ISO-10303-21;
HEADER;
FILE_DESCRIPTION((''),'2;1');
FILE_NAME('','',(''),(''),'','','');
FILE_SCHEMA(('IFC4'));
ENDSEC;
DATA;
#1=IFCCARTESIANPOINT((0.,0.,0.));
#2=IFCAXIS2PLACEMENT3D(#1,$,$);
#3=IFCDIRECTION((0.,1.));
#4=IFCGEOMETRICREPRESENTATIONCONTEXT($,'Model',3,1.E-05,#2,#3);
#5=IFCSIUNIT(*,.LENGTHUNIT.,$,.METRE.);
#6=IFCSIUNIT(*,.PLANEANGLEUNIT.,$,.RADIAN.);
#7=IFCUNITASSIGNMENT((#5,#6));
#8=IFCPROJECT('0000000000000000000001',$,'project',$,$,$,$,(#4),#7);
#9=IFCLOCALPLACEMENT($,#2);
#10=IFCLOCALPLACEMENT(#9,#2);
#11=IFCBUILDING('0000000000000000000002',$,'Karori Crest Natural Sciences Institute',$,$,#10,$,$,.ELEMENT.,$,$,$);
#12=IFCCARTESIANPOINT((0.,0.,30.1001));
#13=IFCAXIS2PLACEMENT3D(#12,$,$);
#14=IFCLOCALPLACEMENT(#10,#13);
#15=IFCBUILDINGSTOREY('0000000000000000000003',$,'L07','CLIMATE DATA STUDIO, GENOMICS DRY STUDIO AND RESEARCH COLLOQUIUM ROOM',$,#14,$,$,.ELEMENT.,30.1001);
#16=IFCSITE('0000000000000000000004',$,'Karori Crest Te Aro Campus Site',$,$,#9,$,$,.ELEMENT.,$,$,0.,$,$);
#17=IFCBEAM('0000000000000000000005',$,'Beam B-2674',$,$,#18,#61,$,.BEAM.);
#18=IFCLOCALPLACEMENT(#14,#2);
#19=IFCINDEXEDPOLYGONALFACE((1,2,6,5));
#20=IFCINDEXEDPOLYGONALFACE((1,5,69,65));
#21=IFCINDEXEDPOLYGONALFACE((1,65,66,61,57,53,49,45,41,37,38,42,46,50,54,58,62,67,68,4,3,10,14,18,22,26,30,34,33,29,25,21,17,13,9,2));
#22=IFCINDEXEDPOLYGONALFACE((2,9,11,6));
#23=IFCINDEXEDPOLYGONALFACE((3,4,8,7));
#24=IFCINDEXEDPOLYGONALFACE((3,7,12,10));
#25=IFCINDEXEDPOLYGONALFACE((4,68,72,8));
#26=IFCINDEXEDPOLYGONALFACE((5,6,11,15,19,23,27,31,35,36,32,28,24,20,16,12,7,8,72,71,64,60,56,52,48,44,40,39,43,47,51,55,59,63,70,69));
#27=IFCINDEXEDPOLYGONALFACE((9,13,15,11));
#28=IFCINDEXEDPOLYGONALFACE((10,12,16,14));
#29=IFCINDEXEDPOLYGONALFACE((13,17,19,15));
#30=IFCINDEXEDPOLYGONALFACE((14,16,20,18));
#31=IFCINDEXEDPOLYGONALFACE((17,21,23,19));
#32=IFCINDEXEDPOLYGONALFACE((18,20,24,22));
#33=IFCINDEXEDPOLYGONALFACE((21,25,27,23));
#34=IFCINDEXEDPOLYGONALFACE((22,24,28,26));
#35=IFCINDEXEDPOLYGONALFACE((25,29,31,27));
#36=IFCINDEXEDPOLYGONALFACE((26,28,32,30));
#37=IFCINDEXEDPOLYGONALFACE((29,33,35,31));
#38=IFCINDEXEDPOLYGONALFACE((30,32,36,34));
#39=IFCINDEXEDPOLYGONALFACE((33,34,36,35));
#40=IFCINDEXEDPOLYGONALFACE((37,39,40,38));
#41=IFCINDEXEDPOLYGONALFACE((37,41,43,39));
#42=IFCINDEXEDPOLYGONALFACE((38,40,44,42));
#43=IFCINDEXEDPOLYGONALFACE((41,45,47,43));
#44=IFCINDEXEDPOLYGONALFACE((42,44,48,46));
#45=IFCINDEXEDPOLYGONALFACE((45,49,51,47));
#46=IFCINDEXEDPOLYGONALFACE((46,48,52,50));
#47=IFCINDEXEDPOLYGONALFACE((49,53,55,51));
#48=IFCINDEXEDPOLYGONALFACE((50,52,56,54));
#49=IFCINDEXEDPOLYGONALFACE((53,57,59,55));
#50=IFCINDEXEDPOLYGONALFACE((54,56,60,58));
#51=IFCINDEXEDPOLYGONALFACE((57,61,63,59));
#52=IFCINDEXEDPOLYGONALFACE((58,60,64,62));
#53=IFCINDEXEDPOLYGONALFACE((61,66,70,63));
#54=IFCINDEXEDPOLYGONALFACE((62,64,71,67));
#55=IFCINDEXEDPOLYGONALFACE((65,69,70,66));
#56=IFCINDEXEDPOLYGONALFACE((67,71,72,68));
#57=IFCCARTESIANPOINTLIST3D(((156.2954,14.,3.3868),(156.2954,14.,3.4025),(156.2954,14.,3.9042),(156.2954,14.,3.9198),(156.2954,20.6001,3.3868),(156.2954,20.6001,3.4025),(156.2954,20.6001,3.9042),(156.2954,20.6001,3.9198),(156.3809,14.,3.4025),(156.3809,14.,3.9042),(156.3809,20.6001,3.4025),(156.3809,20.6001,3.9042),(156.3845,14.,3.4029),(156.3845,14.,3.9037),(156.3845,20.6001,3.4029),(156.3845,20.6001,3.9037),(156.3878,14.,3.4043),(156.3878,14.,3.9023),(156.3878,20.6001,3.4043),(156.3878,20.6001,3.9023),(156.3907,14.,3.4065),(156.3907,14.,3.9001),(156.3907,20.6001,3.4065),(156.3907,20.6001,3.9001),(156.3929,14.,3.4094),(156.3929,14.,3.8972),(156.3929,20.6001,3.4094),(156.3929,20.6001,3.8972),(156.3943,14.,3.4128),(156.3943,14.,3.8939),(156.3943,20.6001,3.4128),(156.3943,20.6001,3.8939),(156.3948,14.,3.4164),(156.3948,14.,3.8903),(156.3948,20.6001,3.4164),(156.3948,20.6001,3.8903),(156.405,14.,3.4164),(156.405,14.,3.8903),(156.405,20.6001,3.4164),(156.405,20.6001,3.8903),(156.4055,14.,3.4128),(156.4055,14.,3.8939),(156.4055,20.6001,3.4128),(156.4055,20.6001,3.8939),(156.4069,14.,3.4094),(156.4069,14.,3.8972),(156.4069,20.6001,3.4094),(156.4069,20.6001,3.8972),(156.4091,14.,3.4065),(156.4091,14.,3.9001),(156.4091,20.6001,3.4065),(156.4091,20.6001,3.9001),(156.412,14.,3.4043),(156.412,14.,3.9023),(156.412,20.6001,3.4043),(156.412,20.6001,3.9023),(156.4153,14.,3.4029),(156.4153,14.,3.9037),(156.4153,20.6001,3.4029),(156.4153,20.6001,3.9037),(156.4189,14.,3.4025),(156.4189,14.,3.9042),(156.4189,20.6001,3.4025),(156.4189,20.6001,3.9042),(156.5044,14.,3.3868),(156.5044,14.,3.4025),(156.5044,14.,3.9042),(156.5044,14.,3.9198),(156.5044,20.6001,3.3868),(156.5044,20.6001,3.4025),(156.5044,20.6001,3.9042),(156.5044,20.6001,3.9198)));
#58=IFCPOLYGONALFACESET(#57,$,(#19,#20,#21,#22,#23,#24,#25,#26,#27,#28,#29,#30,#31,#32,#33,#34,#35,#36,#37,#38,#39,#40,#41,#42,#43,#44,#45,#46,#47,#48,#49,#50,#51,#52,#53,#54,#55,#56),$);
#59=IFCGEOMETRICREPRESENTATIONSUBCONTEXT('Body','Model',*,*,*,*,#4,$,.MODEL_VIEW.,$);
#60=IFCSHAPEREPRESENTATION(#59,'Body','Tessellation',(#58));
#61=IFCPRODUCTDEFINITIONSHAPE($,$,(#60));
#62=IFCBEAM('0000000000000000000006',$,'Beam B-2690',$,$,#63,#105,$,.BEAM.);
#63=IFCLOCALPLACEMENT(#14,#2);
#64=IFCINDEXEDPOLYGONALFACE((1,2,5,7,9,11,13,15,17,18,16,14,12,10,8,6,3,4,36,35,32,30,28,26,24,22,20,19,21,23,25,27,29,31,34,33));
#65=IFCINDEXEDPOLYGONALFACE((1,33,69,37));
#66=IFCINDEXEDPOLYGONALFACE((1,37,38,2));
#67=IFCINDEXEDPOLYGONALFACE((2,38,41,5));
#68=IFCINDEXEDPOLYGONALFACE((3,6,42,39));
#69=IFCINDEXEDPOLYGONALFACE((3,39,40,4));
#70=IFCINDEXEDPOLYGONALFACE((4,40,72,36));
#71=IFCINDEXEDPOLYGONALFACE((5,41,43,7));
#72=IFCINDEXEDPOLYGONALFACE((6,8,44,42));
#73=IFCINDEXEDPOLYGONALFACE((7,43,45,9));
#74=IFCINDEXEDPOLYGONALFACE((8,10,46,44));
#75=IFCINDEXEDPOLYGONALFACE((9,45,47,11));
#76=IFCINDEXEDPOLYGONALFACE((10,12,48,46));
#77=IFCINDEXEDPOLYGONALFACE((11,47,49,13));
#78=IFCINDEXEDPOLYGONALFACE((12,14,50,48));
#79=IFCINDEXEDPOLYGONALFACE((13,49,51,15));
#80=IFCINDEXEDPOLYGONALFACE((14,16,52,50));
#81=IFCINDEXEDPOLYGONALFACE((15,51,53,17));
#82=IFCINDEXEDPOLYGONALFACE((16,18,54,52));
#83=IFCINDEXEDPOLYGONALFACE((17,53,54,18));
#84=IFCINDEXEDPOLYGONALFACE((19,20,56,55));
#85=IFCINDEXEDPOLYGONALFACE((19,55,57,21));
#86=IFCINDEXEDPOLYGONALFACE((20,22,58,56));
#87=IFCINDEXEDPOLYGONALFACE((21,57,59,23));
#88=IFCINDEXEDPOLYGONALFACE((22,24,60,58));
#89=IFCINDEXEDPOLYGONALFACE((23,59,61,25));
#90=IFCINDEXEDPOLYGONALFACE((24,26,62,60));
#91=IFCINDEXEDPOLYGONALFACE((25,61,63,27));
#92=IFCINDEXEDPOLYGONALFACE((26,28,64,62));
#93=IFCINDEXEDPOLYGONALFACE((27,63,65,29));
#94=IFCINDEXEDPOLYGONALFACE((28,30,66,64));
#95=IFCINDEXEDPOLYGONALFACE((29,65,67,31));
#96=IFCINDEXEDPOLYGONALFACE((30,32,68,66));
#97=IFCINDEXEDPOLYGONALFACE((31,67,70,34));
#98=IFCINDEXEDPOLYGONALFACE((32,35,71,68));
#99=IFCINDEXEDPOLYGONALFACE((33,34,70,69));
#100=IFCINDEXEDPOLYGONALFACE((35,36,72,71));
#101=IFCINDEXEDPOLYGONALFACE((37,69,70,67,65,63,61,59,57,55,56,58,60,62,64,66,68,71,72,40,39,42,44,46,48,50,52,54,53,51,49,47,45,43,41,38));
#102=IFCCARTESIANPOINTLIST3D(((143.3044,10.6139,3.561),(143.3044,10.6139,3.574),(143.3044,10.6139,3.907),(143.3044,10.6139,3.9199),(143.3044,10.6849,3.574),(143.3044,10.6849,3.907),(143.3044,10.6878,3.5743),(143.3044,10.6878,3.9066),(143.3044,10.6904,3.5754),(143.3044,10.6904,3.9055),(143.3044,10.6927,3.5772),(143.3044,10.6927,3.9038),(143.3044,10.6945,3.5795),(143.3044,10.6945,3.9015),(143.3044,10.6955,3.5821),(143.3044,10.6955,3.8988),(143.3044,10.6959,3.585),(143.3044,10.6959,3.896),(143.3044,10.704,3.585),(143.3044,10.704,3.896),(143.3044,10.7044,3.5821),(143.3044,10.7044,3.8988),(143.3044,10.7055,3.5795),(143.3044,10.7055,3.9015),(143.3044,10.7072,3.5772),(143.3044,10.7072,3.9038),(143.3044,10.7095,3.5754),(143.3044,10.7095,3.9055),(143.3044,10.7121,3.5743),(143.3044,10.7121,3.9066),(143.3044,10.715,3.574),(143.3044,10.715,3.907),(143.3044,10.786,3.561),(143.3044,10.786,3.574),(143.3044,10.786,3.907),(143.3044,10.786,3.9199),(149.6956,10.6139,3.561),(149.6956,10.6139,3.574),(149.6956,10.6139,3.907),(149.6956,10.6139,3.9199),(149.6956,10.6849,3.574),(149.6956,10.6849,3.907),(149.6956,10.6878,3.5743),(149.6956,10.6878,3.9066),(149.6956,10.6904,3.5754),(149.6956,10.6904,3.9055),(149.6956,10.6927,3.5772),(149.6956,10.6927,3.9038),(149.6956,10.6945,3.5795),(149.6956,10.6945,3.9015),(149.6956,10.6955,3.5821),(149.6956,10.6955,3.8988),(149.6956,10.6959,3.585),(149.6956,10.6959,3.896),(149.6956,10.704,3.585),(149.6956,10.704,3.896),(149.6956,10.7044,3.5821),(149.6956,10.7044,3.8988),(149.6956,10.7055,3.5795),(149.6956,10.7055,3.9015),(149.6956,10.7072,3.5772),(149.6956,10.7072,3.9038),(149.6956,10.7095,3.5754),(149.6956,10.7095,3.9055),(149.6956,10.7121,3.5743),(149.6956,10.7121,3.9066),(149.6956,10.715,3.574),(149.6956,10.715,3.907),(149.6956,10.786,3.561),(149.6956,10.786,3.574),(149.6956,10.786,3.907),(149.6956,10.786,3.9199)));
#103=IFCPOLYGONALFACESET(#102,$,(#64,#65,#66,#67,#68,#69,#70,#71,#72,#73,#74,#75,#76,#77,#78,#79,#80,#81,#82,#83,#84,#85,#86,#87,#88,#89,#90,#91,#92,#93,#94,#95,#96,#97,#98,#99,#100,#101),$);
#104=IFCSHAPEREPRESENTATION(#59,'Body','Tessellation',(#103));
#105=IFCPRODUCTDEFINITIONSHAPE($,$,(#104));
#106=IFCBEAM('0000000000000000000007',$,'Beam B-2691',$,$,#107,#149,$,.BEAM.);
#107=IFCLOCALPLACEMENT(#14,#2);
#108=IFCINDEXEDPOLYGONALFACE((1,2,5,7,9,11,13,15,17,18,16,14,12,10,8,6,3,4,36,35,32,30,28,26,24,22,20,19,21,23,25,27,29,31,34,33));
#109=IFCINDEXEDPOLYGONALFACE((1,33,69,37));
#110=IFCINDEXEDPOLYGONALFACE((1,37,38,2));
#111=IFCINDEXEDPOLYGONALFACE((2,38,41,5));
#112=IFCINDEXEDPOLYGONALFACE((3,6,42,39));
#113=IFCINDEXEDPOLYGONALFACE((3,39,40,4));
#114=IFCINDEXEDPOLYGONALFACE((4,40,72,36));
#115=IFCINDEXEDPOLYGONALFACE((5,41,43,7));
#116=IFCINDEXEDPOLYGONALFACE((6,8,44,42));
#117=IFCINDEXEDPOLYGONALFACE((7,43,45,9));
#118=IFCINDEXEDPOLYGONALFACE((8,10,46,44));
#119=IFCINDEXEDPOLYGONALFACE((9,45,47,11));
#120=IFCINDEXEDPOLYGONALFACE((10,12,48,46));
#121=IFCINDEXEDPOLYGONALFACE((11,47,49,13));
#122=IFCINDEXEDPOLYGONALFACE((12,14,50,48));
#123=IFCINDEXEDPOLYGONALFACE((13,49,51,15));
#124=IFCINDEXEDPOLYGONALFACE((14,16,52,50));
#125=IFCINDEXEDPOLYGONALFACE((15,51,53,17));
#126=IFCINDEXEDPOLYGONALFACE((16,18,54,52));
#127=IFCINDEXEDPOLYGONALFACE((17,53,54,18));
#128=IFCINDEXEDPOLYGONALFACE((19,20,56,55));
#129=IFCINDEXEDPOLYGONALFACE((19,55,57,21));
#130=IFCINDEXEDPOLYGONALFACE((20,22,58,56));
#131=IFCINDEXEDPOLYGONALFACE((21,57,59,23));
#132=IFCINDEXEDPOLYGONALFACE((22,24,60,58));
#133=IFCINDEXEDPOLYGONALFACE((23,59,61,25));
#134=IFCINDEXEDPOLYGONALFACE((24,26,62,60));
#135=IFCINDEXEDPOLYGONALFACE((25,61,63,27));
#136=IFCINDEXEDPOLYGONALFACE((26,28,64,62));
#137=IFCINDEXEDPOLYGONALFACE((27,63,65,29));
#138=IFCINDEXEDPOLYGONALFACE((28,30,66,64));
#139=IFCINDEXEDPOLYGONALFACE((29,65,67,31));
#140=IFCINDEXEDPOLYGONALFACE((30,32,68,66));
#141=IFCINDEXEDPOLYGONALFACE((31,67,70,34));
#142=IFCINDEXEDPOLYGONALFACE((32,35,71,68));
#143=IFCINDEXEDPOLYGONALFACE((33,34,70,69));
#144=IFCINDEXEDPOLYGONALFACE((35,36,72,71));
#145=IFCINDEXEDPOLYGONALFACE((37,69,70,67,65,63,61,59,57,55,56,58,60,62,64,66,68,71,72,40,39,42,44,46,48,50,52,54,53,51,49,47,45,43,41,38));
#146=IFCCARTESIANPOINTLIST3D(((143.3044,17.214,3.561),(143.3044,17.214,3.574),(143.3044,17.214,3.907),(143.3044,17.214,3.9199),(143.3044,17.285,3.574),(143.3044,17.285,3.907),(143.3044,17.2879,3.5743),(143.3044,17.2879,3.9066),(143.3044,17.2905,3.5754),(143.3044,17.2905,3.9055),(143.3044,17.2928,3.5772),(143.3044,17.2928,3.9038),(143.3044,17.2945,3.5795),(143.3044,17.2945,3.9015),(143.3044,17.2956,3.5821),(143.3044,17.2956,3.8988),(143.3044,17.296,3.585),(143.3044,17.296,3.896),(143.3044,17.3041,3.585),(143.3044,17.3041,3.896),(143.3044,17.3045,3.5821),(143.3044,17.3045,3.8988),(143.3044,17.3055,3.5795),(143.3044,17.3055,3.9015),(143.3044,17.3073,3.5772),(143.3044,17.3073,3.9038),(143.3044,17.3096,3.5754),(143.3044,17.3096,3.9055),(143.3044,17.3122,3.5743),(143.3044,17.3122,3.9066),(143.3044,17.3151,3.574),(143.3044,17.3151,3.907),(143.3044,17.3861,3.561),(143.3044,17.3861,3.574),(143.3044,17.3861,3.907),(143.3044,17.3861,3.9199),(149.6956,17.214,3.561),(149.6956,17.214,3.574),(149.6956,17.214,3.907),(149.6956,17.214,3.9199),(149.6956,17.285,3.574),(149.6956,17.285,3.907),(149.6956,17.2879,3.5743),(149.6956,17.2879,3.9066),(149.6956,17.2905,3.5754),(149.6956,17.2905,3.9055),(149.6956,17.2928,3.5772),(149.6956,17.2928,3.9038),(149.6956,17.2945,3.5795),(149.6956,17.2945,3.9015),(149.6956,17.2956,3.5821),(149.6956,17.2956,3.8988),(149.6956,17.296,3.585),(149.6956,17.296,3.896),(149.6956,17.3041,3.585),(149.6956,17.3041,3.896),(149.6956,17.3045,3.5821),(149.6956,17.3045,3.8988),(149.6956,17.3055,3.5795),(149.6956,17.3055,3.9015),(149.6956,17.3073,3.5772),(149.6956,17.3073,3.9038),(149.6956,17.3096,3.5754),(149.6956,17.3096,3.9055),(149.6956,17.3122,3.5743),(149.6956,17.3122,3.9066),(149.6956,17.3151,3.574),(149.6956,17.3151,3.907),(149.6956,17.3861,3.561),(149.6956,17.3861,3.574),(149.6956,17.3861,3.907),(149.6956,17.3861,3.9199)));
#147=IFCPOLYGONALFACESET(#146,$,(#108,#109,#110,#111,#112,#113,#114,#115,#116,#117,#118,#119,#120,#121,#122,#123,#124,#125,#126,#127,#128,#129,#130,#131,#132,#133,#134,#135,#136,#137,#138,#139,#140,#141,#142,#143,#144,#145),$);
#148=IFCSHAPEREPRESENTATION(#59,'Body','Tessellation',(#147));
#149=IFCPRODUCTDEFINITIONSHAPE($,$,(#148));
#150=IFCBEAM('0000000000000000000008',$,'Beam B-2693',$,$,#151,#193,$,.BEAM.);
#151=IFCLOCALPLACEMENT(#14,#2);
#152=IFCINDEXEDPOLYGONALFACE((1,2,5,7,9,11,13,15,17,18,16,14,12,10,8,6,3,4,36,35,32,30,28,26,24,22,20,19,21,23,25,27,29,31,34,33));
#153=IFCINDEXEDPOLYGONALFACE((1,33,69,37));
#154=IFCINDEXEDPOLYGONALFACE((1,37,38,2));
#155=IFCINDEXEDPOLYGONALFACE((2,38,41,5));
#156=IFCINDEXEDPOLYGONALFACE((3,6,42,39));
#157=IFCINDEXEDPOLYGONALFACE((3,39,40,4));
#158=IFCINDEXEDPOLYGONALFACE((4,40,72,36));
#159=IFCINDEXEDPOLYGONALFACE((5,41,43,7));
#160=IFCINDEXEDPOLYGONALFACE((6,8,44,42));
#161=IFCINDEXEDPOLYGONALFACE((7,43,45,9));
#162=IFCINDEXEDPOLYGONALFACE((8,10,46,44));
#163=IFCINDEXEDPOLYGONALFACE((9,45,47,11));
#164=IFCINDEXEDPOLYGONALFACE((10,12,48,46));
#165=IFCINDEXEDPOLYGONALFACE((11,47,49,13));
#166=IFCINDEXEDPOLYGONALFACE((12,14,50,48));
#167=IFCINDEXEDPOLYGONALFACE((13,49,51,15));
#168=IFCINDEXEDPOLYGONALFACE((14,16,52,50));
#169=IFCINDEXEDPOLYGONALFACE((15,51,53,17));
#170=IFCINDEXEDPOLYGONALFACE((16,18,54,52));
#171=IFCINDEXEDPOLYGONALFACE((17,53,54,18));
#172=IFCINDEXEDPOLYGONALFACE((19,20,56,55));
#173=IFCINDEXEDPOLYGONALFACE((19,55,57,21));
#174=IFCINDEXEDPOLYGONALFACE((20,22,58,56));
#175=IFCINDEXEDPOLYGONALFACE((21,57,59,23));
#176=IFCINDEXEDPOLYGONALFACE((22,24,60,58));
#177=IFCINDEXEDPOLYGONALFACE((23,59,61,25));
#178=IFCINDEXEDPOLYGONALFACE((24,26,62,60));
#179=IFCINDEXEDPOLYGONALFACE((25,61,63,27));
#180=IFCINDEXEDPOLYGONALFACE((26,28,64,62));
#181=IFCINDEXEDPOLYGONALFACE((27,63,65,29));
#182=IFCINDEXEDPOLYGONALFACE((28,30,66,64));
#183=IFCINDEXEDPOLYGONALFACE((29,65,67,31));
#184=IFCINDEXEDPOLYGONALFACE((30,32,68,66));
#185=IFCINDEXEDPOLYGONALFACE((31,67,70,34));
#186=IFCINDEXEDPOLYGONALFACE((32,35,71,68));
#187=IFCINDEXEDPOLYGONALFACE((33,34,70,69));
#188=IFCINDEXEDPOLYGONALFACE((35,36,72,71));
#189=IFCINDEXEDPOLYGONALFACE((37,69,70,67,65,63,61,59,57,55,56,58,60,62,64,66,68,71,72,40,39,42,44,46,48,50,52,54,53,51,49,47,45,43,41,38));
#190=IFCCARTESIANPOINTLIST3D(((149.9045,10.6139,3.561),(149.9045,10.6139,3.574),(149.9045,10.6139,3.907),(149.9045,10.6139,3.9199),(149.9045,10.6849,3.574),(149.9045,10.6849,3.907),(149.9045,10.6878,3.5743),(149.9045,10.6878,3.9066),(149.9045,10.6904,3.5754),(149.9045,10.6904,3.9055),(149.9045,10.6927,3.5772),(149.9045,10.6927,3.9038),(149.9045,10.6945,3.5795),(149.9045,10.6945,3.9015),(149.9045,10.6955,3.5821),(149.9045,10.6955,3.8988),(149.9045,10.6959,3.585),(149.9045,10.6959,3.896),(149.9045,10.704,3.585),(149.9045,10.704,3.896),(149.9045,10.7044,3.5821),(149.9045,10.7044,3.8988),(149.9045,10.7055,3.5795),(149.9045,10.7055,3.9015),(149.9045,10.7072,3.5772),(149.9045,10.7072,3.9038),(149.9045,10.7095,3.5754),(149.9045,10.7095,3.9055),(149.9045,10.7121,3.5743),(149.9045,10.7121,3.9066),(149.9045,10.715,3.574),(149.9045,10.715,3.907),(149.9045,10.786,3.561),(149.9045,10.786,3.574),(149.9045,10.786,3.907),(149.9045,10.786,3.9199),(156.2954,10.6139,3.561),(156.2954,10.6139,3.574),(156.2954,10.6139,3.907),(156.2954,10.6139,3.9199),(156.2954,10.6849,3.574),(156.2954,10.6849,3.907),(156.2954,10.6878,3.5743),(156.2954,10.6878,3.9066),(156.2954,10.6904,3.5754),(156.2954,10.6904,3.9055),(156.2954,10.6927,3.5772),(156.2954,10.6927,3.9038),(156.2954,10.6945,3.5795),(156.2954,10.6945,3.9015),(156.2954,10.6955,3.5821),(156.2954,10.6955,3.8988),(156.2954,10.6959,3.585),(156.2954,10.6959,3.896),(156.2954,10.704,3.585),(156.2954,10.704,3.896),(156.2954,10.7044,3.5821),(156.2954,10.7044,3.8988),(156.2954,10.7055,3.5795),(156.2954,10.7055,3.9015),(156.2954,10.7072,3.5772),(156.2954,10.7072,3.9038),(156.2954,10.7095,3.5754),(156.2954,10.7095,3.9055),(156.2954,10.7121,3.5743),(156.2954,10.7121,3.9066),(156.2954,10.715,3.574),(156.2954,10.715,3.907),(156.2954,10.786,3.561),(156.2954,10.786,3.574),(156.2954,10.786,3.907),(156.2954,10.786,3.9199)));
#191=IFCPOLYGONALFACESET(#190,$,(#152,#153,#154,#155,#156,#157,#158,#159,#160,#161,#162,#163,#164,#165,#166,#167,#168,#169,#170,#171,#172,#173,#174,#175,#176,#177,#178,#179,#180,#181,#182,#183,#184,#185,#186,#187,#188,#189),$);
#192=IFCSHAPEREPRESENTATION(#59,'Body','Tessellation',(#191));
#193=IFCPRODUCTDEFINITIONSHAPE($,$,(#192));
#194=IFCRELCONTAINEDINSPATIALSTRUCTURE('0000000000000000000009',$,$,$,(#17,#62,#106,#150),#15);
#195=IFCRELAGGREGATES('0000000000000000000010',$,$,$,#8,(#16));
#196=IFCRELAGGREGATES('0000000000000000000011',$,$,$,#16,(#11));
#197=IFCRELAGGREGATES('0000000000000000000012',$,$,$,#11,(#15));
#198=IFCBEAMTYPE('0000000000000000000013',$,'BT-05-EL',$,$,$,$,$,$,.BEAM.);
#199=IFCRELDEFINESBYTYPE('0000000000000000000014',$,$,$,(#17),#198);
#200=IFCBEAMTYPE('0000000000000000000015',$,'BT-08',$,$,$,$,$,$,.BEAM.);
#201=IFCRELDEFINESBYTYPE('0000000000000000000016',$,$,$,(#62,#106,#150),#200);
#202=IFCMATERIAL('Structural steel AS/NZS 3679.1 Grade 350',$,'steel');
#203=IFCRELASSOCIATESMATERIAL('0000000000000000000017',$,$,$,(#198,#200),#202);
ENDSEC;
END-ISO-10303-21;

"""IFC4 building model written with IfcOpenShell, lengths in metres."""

from ifc_helpers import new_model, si_unit, direction, frame, origin, origin_2d, place, context, subcontext, project, spatial, i_section, extrude, material, material_profile, profile_set, type_object, element, save


model = new_model("IFC4")

# Units and contexts
model_context = context("Model", 3, precision=1e-05, world=origin(), true_north=direction((0.0, 1.0)))
body_context = subcontext(model_context, "Body", "Model", "MODEL_VIEW")
ifc_project = project(units=[si_unit("LENGTHUNIT", "METRE"), si_unit("PLANEANGLEUNIT", "RADIAN")], contexts=[model_context])

# Site, building, storey
site_placement = place(None, origin())
site = spatial("IfcSite", under=ifc_project, at=site_placement, Name="Karori Crest Te Aro Campus Site", CompositionType="ELEMENT", RefElevation=0.0)
building_placement = place(site_placement, origin())
building = spatial("IfcBuilding", under=site, at=building_placement, Name="Karori Crest Natural Sciences Institute", CompositionType="ELEMENT")
storey_placement = place(building_placement, frame((0.0, 0.0, 30.1001)))
storey = spatial("IfcBuildingStorey", under=building, at=storey_placement, Name="L07", Description="CLIMATE DATA STUDIO, GENOMICS DRY STUDIO AND RESEARCH COLLOQUIUM ROOM", CompositionType="ELEMENT", Elevation=30.1001)

# Shared definitions
ifc_material_1 = material(Name="Structural steel AS/NZS 3679.1 Grade 350", Category="steel")

# Beams
ifc_material_profile_1 = material_profile(ifc_material_1, i_section(OverallWidth=0.209, OverallDepth=0.533, WebThickness=0.0103, FlangeThickness=0.0156, FilletRadius=0.0139, at=origin_2d()), Name="530UB92.4")
ifc_profile_set_1 = profile_set([ifc_material_profile_1], Name="Structural steel AS/NZS 3679.1 Grade 350")
beam_type_1 = type_object("IfcBeamType", Name="BT-05-EL", PredefinedType="BEAM", material=ifc_profile_set_1)
beam_1_placement = place(storey_placement, frame((156.3999, 14.0, 3.6533), z_axis=(0.0, 1.0, 0.0), x_axis=(-1.0, 0.0, 0.0)))
element("IfcBeam", 1, at=beam_1_placement, inside=storey, type_object=beam_type_1, Name="Beam B-2674", PredefinedType="BEAM", context=body_context, shape_type="SweptSolid", body=[
    extrude(i_section(OverallWidth=0.209, OverallDepth=0.533, WebThickness=0.0103, FlangeThickness=0.0156, FilletRadius=0.0139, at=origin_2d()), origin(), (0.0, 0.0, 1.0), 6.6001),
])
ifc_material_profile_2 = material_profile(ifc_material_1, i_section(OverallWidth=0.1721, OverallDepth=0.3589, WebThickness=0.0081, FlangeThickness=0.0129, FilletRadius=0.011, at=origin_2d()), Name="360UB56.7")
ifc_profile_set_2 = profile_set([ifc_material_profile_2], Name="Structural steel AS/NZS 3679.1 Grade 350")
beam_type_2 = type_object("IfcBeamType", Name="BT-08", PredefinedType="BEAM", material=ifc_profile_set_2)
for number, where, z_axis, x_axis, name in (
    (2, (143.3044, 10.7, 3.7405), (1.0, 0.0, 0.0), (0.0, 1.0, 0.0), "Beam B-2690"),
    (3, (143.3044, 17.3, 3.7405), (1.0, 0.0, 0.0), (0.0, 1.0, 0.0), "Beam B-2691"),
):
    element("IfcBeam", number, at=place(storey_placement, frame(where, z_axis=z_axis, x_axis=x_axis)), inside=storey, type_object=beam_type_2, Name=name, PredefinedType="BEAM", context=body_context, shape_type="SweptSolid", body=[
        extrude(i_section(OverallWidth=0.1721, OverallDepth=0.3589, WebThickness=0.0081, FlangeThickness=0.0129, FilletRadius=0.011, at=origin_2d()), origin(), (0.0, 0.0, 1.0), 6.3911),
    ])
for number, where, z_axis, x_axis, name in (
    (4, (149.9045, 10.7, 3.7405), (1.0, 0.0, 0.0), (0.0, 1.0, 0.0), "Beam B-2693"),
):
    element("IfcBeam", number, at=place(storey_placement, frame(where, z_axis=z_axis, x_axis=x_axis)), inside=storey, type_object=beam_type_2, Name=name, PredefinedType="BEAM", context=body_context, shape_type="SweptSolid", body=[
        extrude(i_section(OverallWidth=0.1721, OverallDepth=0.3589, WebThickness=0.0081, FlangeThickness=0.0129, FilletRadius=0.011, at=origin_2d()), origin(), (0.0, 0.0, 1.0), 6.3909),
    ])

save(model, "model.ifc")
